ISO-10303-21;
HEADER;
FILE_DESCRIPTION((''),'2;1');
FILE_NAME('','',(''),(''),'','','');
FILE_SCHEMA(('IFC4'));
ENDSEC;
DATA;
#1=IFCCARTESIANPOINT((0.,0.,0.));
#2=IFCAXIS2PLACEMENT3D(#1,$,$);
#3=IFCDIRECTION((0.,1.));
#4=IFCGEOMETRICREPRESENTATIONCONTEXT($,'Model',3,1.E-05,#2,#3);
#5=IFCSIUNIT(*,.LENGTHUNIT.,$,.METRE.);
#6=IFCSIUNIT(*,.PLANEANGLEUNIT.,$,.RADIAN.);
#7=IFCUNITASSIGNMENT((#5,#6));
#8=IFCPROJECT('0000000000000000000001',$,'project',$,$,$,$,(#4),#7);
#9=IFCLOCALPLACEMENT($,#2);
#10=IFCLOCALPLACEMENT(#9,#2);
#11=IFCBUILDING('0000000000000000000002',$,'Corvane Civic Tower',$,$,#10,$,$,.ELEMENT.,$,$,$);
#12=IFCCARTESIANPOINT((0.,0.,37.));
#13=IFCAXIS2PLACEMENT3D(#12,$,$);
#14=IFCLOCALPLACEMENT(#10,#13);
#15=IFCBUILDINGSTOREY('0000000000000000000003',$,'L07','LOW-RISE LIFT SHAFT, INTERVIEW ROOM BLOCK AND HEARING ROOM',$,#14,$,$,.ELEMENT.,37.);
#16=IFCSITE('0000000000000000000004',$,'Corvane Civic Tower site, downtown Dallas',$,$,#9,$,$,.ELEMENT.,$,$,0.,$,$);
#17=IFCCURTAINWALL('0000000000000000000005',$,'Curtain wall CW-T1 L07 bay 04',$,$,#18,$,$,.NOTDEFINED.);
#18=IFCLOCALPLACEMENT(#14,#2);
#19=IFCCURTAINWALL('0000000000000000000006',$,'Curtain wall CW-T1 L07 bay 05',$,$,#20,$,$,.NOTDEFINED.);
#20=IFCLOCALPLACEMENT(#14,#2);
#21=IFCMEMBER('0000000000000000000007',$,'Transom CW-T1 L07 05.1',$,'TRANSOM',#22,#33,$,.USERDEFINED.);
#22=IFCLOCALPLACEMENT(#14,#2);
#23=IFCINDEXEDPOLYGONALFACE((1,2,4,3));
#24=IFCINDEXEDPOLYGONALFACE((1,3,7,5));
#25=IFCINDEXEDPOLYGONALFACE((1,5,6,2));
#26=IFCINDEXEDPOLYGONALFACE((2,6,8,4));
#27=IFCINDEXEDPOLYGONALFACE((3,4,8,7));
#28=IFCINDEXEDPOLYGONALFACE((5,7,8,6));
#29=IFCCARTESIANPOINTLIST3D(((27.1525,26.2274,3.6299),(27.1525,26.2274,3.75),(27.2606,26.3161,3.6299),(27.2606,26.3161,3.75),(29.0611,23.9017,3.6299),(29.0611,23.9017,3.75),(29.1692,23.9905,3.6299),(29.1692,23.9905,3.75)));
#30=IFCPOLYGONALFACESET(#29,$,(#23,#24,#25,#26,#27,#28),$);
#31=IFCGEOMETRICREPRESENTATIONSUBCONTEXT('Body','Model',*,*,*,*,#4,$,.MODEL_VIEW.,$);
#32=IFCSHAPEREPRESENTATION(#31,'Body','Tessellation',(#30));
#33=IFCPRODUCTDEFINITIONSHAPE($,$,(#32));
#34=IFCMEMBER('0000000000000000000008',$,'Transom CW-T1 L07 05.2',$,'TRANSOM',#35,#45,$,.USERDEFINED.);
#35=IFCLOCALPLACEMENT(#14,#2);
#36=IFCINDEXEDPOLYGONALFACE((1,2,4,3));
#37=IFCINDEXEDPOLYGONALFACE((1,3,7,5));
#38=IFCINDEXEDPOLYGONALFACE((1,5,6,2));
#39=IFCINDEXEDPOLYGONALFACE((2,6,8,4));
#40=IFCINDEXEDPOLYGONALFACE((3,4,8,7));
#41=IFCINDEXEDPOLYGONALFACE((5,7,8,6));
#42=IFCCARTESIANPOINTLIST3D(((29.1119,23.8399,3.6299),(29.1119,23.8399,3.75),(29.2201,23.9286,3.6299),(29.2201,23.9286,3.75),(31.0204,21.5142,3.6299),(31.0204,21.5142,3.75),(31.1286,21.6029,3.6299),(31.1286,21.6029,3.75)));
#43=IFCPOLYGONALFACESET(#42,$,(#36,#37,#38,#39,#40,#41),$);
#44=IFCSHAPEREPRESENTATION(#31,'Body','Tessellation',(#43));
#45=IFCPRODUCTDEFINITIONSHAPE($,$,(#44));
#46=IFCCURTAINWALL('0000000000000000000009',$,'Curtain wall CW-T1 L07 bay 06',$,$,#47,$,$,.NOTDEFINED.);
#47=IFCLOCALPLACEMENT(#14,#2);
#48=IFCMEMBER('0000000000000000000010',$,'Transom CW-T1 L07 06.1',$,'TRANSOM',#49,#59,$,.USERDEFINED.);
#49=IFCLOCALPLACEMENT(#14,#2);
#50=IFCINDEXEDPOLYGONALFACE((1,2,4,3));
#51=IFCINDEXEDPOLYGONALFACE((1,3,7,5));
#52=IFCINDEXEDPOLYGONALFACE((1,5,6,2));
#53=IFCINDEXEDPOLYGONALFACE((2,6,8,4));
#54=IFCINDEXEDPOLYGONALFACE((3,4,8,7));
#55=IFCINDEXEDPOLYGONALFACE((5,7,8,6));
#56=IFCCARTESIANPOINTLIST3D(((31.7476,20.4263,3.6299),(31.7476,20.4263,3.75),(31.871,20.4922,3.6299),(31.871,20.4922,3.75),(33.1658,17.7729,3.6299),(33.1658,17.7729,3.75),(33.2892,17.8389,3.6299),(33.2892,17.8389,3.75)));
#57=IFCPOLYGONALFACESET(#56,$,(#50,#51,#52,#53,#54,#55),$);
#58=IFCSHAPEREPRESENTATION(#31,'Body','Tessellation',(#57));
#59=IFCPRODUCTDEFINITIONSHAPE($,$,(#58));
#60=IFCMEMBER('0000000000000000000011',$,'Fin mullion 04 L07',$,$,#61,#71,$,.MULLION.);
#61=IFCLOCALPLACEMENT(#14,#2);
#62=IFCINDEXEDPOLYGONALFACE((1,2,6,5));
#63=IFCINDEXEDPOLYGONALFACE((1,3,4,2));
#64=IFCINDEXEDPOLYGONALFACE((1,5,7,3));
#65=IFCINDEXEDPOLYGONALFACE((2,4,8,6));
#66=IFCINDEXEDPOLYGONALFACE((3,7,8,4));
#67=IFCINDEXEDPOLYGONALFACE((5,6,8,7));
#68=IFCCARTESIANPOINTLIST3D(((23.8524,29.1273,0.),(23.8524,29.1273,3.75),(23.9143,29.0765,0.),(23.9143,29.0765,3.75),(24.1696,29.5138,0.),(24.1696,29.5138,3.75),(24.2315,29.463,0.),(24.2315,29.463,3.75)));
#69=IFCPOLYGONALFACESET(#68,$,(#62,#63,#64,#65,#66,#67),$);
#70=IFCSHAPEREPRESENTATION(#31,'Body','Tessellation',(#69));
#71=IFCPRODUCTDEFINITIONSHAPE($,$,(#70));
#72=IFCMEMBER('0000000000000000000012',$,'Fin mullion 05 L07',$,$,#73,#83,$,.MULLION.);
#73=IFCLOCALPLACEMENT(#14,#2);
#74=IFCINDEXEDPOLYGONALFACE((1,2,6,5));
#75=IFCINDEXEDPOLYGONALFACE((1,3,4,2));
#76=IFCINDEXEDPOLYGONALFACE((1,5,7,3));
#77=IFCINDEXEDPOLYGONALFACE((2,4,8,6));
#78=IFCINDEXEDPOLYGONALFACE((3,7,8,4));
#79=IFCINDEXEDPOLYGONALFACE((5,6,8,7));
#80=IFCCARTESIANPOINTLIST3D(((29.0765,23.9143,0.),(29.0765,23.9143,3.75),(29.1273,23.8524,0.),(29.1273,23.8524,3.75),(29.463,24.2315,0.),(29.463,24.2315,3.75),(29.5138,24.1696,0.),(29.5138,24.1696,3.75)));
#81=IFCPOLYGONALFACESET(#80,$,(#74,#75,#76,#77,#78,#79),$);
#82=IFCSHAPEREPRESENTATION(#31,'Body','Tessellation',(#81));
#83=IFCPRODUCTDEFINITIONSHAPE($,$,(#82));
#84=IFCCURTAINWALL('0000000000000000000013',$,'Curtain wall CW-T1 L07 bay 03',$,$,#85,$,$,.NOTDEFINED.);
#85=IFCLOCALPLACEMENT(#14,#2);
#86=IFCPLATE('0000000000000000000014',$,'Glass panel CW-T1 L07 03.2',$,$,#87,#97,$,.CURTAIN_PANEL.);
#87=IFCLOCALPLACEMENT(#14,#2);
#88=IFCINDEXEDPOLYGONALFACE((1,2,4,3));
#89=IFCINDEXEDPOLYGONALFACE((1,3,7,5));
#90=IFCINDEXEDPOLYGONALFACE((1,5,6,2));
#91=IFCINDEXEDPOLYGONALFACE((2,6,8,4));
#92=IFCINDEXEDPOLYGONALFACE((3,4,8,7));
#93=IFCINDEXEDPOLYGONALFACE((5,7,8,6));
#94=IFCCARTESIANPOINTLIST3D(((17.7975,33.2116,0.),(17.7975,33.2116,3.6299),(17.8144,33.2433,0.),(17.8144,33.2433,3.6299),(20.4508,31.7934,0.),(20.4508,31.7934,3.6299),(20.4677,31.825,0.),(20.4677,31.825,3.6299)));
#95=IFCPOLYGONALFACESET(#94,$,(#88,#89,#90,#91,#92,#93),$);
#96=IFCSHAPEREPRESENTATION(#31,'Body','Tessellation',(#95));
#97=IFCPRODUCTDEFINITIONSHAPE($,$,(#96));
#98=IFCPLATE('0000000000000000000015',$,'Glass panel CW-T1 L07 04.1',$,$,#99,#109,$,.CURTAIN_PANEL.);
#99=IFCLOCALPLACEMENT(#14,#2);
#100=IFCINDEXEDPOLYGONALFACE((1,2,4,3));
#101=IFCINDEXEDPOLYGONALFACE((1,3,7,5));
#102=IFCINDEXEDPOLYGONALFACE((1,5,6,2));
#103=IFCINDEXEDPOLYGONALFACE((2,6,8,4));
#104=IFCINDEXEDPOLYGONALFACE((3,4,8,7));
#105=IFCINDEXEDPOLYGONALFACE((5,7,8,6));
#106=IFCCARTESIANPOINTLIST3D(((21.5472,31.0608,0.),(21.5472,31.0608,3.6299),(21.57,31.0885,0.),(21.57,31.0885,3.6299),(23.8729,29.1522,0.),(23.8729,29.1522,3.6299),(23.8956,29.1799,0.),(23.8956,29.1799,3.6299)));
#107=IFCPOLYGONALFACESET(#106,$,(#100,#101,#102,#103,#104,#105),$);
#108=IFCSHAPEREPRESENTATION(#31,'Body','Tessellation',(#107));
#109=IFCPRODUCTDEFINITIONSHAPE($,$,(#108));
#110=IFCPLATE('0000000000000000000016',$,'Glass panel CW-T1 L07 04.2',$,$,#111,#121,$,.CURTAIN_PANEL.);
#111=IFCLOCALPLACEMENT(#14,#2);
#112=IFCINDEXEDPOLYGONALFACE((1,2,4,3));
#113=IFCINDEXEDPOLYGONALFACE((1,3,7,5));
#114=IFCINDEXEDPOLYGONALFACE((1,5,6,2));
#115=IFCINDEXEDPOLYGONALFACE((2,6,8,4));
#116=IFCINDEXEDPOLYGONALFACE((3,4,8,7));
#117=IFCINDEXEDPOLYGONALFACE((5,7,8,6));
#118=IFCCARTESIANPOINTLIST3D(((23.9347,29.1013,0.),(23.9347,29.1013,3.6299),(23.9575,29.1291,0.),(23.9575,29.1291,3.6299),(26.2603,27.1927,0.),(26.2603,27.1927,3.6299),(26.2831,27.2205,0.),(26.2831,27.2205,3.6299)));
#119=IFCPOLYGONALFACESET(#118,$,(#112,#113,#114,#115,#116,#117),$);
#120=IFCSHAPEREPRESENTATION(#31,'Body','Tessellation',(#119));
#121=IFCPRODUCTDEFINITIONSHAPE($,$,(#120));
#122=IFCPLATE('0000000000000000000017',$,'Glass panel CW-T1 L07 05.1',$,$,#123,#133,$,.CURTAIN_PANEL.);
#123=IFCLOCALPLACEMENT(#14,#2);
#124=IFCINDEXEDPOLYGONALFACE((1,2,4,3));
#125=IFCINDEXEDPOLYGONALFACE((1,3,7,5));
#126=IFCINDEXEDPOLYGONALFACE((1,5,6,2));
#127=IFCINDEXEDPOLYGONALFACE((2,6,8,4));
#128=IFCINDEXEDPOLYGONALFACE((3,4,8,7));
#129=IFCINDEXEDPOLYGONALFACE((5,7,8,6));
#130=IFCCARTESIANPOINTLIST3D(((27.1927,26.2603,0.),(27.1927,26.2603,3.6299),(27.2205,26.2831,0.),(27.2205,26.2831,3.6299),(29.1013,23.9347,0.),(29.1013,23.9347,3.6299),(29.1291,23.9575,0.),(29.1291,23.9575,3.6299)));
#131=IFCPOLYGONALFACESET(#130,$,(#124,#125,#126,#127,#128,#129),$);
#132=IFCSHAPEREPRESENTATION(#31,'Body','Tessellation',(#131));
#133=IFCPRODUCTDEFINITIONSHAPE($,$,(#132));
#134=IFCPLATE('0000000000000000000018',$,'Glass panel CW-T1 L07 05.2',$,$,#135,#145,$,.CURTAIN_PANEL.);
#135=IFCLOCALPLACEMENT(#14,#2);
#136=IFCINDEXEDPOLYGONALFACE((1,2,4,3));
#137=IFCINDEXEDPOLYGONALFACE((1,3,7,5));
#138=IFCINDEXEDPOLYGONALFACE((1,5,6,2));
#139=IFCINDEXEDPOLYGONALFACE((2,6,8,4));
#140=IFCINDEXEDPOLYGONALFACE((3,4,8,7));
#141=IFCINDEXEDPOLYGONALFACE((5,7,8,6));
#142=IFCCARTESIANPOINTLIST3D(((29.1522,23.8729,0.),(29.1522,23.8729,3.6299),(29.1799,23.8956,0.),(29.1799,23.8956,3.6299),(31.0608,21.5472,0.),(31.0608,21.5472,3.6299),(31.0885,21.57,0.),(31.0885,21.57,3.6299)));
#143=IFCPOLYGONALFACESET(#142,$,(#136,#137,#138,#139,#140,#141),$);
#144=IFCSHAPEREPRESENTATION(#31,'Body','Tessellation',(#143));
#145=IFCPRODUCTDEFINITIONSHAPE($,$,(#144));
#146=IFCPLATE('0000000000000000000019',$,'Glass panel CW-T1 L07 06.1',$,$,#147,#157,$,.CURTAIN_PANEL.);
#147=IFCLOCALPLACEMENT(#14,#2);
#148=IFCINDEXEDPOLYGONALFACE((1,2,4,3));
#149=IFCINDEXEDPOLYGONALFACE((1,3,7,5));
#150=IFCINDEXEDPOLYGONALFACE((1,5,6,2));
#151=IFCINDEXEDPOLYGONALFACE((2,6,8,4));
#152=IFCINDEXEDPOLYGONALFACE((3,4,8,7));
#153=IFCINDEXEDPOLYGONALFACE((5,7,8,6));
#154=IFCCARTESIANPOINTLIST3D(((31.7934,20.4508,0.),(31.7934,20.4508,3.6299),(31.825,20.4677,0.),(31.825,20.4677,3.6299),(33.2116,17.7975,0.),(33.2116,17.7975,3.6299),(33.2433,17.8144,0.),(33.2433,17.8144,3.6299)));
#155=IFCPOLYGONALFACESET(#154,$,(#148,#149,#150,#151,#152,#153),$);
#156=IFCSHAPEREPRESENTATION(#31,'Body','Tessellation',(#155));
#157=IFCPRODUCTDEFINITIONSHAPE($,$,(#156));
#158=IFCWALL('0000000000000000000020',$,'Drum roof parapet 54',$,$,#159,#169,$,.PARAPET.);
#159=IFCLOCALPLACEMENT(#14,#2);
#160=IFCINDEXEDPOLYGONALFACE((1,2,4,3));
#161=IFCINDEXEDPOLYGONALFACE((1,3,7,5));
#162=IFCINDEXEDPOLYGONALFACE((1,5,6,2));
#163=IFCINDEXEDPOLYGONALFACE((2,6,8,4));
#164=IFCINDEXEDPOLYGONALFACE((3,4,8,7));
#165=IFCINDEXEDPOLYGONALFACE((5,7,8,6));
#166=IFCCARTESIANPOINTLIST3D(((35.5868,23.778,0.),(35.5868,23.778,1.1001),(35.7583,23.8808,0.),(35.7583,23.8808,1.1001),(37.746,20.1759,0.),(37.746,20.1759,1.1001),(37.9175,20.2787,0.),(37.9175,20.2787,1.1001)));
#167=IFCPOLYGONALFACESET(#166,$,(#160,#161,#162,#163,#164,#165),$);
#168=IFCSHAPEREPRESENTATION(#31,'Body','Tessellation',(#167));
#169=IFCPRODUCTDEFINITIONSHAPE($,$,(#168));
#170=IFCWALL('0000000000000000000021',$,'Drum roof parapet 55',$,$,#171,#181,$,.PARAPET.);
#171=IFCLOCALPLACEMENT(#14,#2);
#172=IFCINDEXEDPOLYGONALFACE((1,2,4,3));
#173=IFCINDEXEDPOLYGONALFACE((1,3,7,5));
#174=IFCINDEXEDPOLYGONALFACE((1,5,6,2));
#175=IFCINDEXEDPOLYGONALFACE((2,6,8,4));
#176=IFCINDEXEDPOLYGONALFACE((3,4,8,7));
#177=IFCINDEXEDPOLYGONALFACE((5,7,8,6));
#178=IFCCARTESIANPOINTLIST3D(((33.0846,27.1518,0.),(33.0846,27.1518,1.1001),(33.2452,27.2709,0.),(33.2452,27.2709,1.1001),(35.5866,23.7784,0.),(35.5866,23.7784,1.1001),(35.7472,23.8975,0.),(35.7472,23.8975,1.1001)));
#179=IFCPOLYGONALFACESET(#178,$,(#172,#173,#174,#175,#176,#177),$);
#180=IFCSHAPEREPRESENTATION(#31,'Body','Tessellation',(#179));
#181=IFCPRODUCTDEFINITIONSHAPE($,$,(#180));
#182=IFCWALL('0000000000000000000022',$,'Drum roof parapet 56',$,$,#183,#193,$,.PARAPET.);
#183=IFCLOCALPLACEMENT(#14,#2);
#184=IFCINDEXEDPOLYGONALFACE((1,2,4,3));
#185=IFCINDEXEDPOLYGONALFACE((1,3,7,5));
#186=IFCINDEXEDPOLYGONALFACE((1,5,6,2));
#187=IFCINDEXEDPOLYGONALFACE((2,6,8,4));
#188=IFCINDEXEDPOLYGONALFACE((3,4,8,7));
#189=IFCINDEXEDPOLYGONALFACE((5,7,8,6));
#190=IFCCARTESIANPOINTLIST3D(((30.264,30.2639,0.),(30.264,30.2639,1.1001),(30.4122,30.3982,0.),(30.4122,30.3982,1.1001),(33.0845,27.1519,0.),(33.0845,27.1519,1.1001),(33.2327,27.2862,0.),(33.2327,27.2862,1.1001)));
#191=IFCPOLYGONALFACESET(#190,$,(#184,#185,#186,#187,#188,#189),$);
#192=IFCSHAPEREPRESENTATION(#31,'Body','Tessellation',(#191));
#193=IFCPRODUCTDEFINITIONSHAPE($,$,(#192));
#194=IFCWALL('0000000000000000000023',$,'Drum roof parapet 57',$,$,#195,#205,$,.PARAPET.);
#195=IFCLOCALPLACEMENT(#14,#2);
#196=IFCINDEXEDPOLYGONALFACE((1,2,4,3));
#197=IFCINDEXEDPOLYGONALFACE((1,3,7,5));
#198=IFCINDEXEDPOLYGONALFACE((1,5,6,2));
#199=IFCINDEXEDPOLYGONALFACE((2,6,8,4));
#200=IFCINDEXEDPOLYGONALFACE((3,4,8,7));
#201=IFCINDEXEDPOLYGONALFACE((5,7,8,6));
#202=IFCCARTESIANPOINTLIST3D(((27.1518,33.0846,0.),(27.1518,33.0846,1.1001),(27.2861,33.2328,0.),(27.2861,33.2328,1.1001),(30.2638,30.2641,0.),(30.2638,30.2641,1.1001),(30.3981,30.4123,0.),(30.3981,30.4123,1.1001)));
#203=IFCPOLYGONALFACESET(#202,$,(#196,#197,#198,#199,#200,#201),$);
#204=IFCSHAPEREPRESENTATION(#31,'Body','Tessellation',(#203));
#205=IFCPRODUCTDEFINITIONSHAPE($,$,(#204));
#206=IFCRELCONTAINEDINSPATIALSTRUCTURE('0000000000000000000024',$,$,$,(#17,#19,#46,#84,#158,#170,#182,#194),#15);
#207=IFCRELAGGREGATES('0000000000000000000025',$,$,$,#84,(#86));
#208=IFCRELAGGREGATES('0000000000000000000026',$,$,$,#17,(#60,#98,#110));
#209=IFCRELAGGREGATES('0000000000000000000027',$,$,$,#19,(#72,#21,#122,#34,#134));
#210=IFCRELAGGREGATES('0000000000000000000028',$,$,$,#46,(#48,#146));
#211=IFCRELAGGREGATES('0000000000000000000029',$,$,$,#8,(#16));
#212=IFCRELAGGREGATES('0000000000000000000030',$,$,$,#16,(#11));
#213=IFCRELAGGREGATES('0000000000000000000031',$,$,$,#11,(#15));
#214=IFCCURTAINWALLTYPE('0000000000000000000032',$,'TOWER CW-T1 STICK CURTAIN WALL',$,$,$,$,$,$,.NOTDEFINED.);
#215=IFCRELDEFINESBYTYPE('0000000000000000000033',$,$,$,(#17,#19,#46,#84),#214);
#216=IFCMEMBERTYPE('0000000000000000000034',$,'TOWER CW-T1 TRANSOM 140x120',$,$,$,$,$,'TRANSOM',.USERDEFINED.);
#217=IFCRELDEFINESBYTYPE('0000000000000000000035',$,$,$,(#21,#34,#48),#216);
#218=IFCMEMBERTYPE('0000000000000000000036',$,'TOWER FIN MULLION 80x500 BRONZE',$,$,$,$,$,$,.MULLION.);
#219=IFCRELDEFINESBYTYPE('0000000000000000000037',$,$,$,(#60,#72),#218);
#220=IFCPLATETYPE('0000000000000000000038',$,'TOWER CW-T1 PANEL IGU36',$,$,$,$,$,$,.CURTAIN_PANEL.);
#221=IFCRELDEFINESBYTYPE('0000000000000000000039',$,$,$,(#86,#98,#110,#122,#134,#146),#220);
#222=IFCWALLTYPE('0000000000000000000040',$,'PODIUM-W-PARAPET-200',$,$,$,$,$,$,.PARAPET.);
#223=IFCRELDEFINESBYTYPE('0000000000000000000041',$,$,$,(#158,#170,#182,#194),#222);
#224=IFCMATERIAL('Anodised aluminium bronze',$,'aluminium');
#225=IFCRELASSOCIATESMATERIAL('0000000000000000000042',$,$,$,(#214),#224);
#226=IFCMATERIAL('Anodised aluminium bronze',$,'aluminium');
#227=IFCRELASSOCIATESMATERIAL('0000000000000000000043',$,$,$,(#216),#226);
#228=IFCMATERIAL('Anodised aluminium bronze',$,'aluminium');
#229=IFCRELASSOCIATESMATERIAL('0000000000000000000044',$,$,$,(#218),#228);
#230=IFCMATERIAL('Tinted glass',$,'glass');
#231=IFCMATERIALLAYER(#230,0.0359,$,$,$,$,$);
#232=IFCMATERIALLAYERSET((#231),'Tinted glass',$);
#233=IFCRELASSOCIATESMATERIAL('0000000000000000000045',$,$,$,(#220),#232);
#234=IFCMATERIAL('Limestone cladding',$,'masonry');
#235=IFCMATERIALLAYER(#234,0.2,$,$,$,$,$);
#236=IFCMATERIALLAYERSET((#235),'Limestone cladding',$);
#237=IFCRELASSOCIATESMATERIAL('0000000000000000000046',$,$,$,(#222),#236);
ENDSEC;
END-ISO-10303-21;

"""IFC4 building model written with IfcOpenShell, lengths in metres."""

from ifc_helpers import new_model, si_unit, direction, frame, frame_2d, origin, origin_2d, place, context, subcontext, project, spatial, rectangle, extrude, material, layer, layer_set, material_profile, profile_set, type_object, element, aggregate, save


model = new_model("IFC4")

# Units and contexts
model_context = context("Model", 3, precision=1e-05, world=origin(), true_north=direction((0.0, 1.0)))
body_context = subcontext(model_context, "Body", "Model", "MODEL_VIEW")
ifc_project = project(units=[si_unit("LENGTHUNIT", "METRE"), si_unit("PLANEANGLEUNIT", "RADIAN")], contexts=[model_context])

# Site, building, storey
site_placement = place(None, origin())
site = spatial("IfcSite", under=ifc_project, at=site_placement, Name="Corvane Civic Tower site, downtown Dallas", CompositionType="ELEMENT", RefElevation=0.0)
building_placement = place(site_placement, origin())
building = spatial("IfcBuilding", under=site, at=building_placement, Name="Corvane Civic Tower", CompositionType="ELEMENT")
storey_placement = place(building_placement, frame((0.0, 0.0, 37.0)))
storey = spatial("IfcBuildingStorey", under=building, at=storey_placement, Name="L07", Description="LOW-RISE LIFT SHAFT, INTERVIEW ROOM BLOCK AND HEARING ROOM", CompositionType="ELEMENT", Elevation=37.0)

# Curtain walls, members
ifc_material_1 = material(Name="Anodised aluminium bronze", Category="aluminium")
curtain_wall_type = type_object("IfcCurtainWallType", Name="TOWER CW-T1 STICK CURTAIN WALL", PredefinedType="NOTDEFINED", material=ifc_material_1)
curtain_wall_1_placement = place(storey_placement, origin())
curtain_wall_1 = element("IfcCurtainWall", 1, at=curtain_wall_1_placement, inside=storey, type_object=curtain_wall_type, Name="Curtain wall CW-T1 L07 bay 04", PredefinedType="NOTDEFINED")
ifc_material_2 = material(Name="Anodised aluminium bronze", Category="aluminium")
ifc_material_profile_1 = material_profile(ifc_material_2, rectangle(XDim=0.1399, YDim=0.1201, at=origin_2d()), Name="TOWER CW-T1 TRANSOM 140x120")
ifc_profile_set_1 = profile_set([ifc_material_profile_1], Name="Anodised aluminium bronze")
member_type_1 = type_object("IfcMemberType", Name="TOWER CW-T1 TRANSOM 140x120", ElementType="TRANSOM", PredefinedType="USERDEFINED", material=ifc_profile_set_1)
curtain_wall_2_placement = place(storey_placement, origin())
curtain_wall_2 = element("IfcCurtainWall", 2, at=curtain_wall_2_placement, inside=storey, type_object=curtain_wall_type, Name="Curtain wall CW-T1 L07 bay 05", PredefinedType="NOTDEFINED")
member_1_placement = place(storey_placement, frame((27.2065, 26.2717, 3.6899), z_axis=(0.634404, -0.773002, 0.0), x_axis=(0.773002, 0.634404, 0.0)))
member_1 = element("IfcMember", 3, at=member_1_placement, type_object=member_type_1, Name="Transom CW-T1 L07 05.1", ObjectType="TRANSOM", PredefinedType="USERDEFINED", context=body_context, shape_type="SweptSolid", body=[
    extrude(rectangle(XDim=0.1399, YDim=0.1201, at=origin_2d()), origin(), (0.0, 0.0, 1.0), 3.0085),
])
member_2_placement = place(storey_placement, frame((29.166, 23.8843, 3.6899), z_axis=(0.634355, -0.773042, 0.0), x_axis=(0.773042, 0.634355, 0.0)))
member_2 = element("IfcMember", 4, at=member_2_placement, type_object=member_type_1, Name="Transom CW-T1 L07 05.2", ObjectType="TRANSOM", PredefinedType="USERDEFINED", context=body_context, shape_type="SweptSolid", body=[
    extrude(rectangle(XDim=0.1399, YDim=0.1201, at=origin_2d()), origin(), (0.0, 0.0, 1.0), 3.0085),
])

# Curtain wall, member
curtain_wall_3_placement = place(storey_placement, origin())
curtain_wall_3 = element("IfcCurtainWall", 5, at=curtain_wall_3_placement, inside=storey, type_object=curtain_wall_type, Name="Curtain wall CW-T1 L07 bay 06", PredefinedType="NOTDEFINED")
member_3_placement = place(storey_placement, frame((31.8093, 20.4592, 3.6899), z_axis=(0.471393, -0.881924, 0.0), x_axis=(0.881924, 0.471393, 0.0)))
member_3 = element("IfcMember", 6, at=member_3_placement, type_object=member_type_1, Name="Transom CW-T1 L07 06.1", ObjectType="TRANSOM", PredefinedType="USERDEFINED", context=body_context, shape_type="SweptSolid", body=[
    extrude(rectangle(XDim=0.1399, YDim=0.1201, at=origin_2d()), origin(), (0.0, 0.0, 1.0), 3.0085),
])

# Members
ifc_material_3 = material(Name="Anodised aluminium bronze", Category="aluminium")
ifc_material_profile_2 = material_profile(ifc_material_3, rectangle(XDim=0.0801, YDim=0.5, at=origin_2d()), Name="TOWER FIN MULLION 80x500 BRONZE")
ifc_profile_set_2 = profile_set([ifc_material_profile_2], Name="Anodised aluminium bronze")
member_type_2 = type_object("IfcMemberType", Name="TOWER FIN MULLION 80x500 BRONZE", PredefinedType="MULLION", material=ifc_profile_set_2)
member_4_placement = place(storey_placement, frame((24.042, 29.2952, 0.0), z_axis=(0.0, 0.0, 1.0), x_axis=(0.773007, -0.634397, 0.0)))
member_4 = element("IfcMember", 7, at=member_4_placement, type_object=member_type_2, Name="Fin mullion 04 L07", PredefinedType="MULLION", context=body_context, shape_type="SweptSolid", body=[
    extrude(rectangle(XDim=0.0801, YDim=0.5, at=origin_2d()), origin(), (0.0, 0.0, 1.0), 3.75),
])
member_5_placement = place(storey_placement, frame((29.2952, 24.042, 0.0), z_axis=(0.0, 0.0, 1.0), x_axis=(0.634397, -0.773007, 0.0)))
member_5 = element("IfcMember", 8, at=member_5_placement, type_object=member_type_2, Name="Fin mullion 05 L07", PredefinedType="MULLION", context=body_context, shape_type="SweptSolid", body=[
    extrude(rectangle(XDim=0.0801, YDim=0.5, at=origin_2d()), origin(), (0.0, 0.0, 1.0), 3.75),
])

# Curtain wall, plate
curtain_wall_4_placement = place(storey_placement, origin())
curtain_wall_4 = element("IfcCurtainWall", 9, at=curtain_wall_4_placement, inside=storey, type_object=curtain_wall_type, Name="Curtain wall CW-T1 L07 bay 03", PredefinedType="NOTDEFINED")
ifc_material_4 = material(Name="Tinted glass", Category="glass")
ifc_layer_1 = layer(ifc_material_4, 0.0359)
ifc_layer_set_1 = layer_set([ifc_layer_1], Name="Tinted glass")
plate_type = type_object("IfcPlateType", Name="TOWER CW-T1 PANEL IGU36", PredefinedType="CURTAIN_PANEL", material=ifc_layer_set_1)
plate_1_placement = place(storey_placement, frame((19.1326, 32.5183, 0.0), z_axis=(0.0, 0.0, 1.0), x_axis=(0.881918, -0.471404, 0.0)))
plate_1 = element("IfcPlate", 10, at=plate_1_placement, type_object=plate_type, Name="Glass panel CW-T1 L07 03.2", PredefinedType="CURTAIN_PANEL", context=body_context, shape_type="SweptSolid", body=[
    extrude(rectangle(XDim=3.0085, YDim=0.0359, at=origin_2d()), origin(), (0.0, 0.0, 1.0), 3.6299),
])
aggregate(curtain_wall_4, [plate_1])

# Plates
plate_2_placement = place(storey_placement, frame((22.7214, 30.1204, 0.0), z_axis=(0.0, 0.0, 1.0), x_axis=(0.773007, -0.634397, 0.0)))
plate_2 = element("IfcPlate", 11, at=plate_2_placement, type_object=plate_type, Name="Glass panel CW-T1 L07 04.1", PredefinedType="CURTAIN_PANEL", context=body_context, shape_type="SweptSolid", body=[
    extrude(rectangle(XDim=3.0085, YDim=0.0359, at=origin_2d()), origin(), (0.0, 0.0, 1.0), 3.6299),
])
plate_3_placement = place(storey_placement, frame((25.1089, 28.1609, 0.0), z_axis=(0.0, 0.0, 1.0), x_axis=(0.773007, -0.634397, 0.0)))
plate_3 = element("IfcPlate", 12, at=plate_3_placement, type_object=plate_type, Name="Glass panel CW-T1 L07 04.2", PredefinedType="CURTAIN_PANEL", context=body_context, shape_type="SweptSolid", body=[
    extrude(rectangle(XDim=3.0085, YDim=0.0359, at=origin_2d()), origin(), (0.0, 0.0, 1.0), 3.6299),
])
aggregate(curtain_wall_1, [member_4, plate_2, plate_3])
plate_4_placement = place(storey_placement, frame((28.1609, 25.1089, 0.0), z_axis=(0.0, 0.0, 1.0), x_axis=(0.634397, -0.773007, 0.0)))
plate_4 = element("IfcPlate", 13, at=plate_4_placement, type_object=plate_type, Name="Glass panel CW-T1 L07 05.1", PredefinedType="CURTAIN_PANEL", context=body_context, shape_type="SweptSolid", body=[
    extrude(rectangle(XDim=3.0085, YDim=0.0359, at=origin_2d()), origin(), (0.0, 0.0, 1.0), 3.6299),
])
plate_5_placement = place(storey_placement, frame((30.1204, 22.7214, 0.0), z_axis=(0.0, 0.0, 1.0), x_axis=(0.634397, -0.773007, 0.0)))
plate_5 = element("IfcPlate", 14, at=plate_5_placement, type_object=plate_type, Name="Glass panel CW-T1 L07 05.2", PredefinedType="CURTAIN_PANEL", context=body_context, shape_type="SweptSolid", body=[
    extrude(rectangle(XDim=3.0085, YDim=0.0359, at=origin_2d()), origin(), (0.0, 0.0, 1.0), 3.6299),
])
aggregate(curtain_wall_2, [member_5, member_1, plate_4, member_2, plate_5])
plate_6_placement = place(storey_placement, frame((32.5183, 19.1326, 0.0), z_axis=(0.0, 0.0, 1.0), x_axis=(0.471404, -0.881918, 0.0)))
plate_6 = element("IfcPlate", 15, at=plate_6_placement, type_object=plate_type, Name="Glass panel CW-T1 L07 06.1", PredefinedType="CURTAIN_PANEL", context=body_context, shape_type="SweptSolid", body=[
    extrude(rectangle(XDim=3.0085, YDim=0.0359, at=origin_2d()), origin(), (0.0, 0.0, 1.0), 3.6299),
])
aggregate(curtain_wall_3, [member_3, plate_6])

# Walls
ifc_material_5 = material(Name="Limestone cladding", Category="masonry")
ifc_layer_2 = layer(ifc_material_5, 0.2)
ifc_layer_set_2 = layer_set([ifc_layer_2], Name="Limestone cladding")
wall_type_1 = type_object("IfcWallType", Name="PODIUM-W-PARAPET-200", PredefinedType="PARAPET", material=ifc_layer_set_2)
wall_1_placement = place(storey_placement, frame((37.8318, 20.2273, 0.0), z_axis=(0.0, 0.0, 1.0), x_axis=(-0.514137, 0.857708, 0.0)))
element("IfcWall", 16, at=wall_1_placement, inside=storey, type_object=wall_type_1, Name="Drum roof parapet 54", PredefinedType="PARAPET", context=body_context, shape_type="SweptSolid", body=[
    extrude(rectangle(XDim=4.1997, YDim=0.2, at=frame_2d((2.0999, 0.0))), origin(), (0.0, 0.0, 1.0), 1.1001),
])
for number, where, z_axis, x_axis, name in (
    (17, (35.667, 23.8379, 0.0), (0.0, 0.0, 1.0), (-0.595722, 0.80319, 0.0), "Drum roof parapet 55"),
    (18, (33.1587, 27.219, 0.0), (0.0, 0.0, 1.0), (-0.671552, 0.740957, 0.0), "Drum roof parapet 56"),
    (19, (30.3311, 30.3381, 0.0), (0.0, 0.0, 1.0), (-0.740957, 0.671552, 0.0), "Drum roof parapet 57"),
):
    element("IfcWall", number, at=place(storey_placement, frame(where, z_axis=z_axis, x_axis=x_axis)), inside=storey, type_object=wall_type_1, Name=name, PredefinedType="PARAPET", context=body_context, shape_type="SweptSolid", body=[
        extrude(rectangle(XDim=4.2, YDim=0.2, at=frame_2d((2.1001, 0.0))), origin(), (0.0, 0.0, 1.0), 1.1001),
    ])

save(model, "model.ifc")
